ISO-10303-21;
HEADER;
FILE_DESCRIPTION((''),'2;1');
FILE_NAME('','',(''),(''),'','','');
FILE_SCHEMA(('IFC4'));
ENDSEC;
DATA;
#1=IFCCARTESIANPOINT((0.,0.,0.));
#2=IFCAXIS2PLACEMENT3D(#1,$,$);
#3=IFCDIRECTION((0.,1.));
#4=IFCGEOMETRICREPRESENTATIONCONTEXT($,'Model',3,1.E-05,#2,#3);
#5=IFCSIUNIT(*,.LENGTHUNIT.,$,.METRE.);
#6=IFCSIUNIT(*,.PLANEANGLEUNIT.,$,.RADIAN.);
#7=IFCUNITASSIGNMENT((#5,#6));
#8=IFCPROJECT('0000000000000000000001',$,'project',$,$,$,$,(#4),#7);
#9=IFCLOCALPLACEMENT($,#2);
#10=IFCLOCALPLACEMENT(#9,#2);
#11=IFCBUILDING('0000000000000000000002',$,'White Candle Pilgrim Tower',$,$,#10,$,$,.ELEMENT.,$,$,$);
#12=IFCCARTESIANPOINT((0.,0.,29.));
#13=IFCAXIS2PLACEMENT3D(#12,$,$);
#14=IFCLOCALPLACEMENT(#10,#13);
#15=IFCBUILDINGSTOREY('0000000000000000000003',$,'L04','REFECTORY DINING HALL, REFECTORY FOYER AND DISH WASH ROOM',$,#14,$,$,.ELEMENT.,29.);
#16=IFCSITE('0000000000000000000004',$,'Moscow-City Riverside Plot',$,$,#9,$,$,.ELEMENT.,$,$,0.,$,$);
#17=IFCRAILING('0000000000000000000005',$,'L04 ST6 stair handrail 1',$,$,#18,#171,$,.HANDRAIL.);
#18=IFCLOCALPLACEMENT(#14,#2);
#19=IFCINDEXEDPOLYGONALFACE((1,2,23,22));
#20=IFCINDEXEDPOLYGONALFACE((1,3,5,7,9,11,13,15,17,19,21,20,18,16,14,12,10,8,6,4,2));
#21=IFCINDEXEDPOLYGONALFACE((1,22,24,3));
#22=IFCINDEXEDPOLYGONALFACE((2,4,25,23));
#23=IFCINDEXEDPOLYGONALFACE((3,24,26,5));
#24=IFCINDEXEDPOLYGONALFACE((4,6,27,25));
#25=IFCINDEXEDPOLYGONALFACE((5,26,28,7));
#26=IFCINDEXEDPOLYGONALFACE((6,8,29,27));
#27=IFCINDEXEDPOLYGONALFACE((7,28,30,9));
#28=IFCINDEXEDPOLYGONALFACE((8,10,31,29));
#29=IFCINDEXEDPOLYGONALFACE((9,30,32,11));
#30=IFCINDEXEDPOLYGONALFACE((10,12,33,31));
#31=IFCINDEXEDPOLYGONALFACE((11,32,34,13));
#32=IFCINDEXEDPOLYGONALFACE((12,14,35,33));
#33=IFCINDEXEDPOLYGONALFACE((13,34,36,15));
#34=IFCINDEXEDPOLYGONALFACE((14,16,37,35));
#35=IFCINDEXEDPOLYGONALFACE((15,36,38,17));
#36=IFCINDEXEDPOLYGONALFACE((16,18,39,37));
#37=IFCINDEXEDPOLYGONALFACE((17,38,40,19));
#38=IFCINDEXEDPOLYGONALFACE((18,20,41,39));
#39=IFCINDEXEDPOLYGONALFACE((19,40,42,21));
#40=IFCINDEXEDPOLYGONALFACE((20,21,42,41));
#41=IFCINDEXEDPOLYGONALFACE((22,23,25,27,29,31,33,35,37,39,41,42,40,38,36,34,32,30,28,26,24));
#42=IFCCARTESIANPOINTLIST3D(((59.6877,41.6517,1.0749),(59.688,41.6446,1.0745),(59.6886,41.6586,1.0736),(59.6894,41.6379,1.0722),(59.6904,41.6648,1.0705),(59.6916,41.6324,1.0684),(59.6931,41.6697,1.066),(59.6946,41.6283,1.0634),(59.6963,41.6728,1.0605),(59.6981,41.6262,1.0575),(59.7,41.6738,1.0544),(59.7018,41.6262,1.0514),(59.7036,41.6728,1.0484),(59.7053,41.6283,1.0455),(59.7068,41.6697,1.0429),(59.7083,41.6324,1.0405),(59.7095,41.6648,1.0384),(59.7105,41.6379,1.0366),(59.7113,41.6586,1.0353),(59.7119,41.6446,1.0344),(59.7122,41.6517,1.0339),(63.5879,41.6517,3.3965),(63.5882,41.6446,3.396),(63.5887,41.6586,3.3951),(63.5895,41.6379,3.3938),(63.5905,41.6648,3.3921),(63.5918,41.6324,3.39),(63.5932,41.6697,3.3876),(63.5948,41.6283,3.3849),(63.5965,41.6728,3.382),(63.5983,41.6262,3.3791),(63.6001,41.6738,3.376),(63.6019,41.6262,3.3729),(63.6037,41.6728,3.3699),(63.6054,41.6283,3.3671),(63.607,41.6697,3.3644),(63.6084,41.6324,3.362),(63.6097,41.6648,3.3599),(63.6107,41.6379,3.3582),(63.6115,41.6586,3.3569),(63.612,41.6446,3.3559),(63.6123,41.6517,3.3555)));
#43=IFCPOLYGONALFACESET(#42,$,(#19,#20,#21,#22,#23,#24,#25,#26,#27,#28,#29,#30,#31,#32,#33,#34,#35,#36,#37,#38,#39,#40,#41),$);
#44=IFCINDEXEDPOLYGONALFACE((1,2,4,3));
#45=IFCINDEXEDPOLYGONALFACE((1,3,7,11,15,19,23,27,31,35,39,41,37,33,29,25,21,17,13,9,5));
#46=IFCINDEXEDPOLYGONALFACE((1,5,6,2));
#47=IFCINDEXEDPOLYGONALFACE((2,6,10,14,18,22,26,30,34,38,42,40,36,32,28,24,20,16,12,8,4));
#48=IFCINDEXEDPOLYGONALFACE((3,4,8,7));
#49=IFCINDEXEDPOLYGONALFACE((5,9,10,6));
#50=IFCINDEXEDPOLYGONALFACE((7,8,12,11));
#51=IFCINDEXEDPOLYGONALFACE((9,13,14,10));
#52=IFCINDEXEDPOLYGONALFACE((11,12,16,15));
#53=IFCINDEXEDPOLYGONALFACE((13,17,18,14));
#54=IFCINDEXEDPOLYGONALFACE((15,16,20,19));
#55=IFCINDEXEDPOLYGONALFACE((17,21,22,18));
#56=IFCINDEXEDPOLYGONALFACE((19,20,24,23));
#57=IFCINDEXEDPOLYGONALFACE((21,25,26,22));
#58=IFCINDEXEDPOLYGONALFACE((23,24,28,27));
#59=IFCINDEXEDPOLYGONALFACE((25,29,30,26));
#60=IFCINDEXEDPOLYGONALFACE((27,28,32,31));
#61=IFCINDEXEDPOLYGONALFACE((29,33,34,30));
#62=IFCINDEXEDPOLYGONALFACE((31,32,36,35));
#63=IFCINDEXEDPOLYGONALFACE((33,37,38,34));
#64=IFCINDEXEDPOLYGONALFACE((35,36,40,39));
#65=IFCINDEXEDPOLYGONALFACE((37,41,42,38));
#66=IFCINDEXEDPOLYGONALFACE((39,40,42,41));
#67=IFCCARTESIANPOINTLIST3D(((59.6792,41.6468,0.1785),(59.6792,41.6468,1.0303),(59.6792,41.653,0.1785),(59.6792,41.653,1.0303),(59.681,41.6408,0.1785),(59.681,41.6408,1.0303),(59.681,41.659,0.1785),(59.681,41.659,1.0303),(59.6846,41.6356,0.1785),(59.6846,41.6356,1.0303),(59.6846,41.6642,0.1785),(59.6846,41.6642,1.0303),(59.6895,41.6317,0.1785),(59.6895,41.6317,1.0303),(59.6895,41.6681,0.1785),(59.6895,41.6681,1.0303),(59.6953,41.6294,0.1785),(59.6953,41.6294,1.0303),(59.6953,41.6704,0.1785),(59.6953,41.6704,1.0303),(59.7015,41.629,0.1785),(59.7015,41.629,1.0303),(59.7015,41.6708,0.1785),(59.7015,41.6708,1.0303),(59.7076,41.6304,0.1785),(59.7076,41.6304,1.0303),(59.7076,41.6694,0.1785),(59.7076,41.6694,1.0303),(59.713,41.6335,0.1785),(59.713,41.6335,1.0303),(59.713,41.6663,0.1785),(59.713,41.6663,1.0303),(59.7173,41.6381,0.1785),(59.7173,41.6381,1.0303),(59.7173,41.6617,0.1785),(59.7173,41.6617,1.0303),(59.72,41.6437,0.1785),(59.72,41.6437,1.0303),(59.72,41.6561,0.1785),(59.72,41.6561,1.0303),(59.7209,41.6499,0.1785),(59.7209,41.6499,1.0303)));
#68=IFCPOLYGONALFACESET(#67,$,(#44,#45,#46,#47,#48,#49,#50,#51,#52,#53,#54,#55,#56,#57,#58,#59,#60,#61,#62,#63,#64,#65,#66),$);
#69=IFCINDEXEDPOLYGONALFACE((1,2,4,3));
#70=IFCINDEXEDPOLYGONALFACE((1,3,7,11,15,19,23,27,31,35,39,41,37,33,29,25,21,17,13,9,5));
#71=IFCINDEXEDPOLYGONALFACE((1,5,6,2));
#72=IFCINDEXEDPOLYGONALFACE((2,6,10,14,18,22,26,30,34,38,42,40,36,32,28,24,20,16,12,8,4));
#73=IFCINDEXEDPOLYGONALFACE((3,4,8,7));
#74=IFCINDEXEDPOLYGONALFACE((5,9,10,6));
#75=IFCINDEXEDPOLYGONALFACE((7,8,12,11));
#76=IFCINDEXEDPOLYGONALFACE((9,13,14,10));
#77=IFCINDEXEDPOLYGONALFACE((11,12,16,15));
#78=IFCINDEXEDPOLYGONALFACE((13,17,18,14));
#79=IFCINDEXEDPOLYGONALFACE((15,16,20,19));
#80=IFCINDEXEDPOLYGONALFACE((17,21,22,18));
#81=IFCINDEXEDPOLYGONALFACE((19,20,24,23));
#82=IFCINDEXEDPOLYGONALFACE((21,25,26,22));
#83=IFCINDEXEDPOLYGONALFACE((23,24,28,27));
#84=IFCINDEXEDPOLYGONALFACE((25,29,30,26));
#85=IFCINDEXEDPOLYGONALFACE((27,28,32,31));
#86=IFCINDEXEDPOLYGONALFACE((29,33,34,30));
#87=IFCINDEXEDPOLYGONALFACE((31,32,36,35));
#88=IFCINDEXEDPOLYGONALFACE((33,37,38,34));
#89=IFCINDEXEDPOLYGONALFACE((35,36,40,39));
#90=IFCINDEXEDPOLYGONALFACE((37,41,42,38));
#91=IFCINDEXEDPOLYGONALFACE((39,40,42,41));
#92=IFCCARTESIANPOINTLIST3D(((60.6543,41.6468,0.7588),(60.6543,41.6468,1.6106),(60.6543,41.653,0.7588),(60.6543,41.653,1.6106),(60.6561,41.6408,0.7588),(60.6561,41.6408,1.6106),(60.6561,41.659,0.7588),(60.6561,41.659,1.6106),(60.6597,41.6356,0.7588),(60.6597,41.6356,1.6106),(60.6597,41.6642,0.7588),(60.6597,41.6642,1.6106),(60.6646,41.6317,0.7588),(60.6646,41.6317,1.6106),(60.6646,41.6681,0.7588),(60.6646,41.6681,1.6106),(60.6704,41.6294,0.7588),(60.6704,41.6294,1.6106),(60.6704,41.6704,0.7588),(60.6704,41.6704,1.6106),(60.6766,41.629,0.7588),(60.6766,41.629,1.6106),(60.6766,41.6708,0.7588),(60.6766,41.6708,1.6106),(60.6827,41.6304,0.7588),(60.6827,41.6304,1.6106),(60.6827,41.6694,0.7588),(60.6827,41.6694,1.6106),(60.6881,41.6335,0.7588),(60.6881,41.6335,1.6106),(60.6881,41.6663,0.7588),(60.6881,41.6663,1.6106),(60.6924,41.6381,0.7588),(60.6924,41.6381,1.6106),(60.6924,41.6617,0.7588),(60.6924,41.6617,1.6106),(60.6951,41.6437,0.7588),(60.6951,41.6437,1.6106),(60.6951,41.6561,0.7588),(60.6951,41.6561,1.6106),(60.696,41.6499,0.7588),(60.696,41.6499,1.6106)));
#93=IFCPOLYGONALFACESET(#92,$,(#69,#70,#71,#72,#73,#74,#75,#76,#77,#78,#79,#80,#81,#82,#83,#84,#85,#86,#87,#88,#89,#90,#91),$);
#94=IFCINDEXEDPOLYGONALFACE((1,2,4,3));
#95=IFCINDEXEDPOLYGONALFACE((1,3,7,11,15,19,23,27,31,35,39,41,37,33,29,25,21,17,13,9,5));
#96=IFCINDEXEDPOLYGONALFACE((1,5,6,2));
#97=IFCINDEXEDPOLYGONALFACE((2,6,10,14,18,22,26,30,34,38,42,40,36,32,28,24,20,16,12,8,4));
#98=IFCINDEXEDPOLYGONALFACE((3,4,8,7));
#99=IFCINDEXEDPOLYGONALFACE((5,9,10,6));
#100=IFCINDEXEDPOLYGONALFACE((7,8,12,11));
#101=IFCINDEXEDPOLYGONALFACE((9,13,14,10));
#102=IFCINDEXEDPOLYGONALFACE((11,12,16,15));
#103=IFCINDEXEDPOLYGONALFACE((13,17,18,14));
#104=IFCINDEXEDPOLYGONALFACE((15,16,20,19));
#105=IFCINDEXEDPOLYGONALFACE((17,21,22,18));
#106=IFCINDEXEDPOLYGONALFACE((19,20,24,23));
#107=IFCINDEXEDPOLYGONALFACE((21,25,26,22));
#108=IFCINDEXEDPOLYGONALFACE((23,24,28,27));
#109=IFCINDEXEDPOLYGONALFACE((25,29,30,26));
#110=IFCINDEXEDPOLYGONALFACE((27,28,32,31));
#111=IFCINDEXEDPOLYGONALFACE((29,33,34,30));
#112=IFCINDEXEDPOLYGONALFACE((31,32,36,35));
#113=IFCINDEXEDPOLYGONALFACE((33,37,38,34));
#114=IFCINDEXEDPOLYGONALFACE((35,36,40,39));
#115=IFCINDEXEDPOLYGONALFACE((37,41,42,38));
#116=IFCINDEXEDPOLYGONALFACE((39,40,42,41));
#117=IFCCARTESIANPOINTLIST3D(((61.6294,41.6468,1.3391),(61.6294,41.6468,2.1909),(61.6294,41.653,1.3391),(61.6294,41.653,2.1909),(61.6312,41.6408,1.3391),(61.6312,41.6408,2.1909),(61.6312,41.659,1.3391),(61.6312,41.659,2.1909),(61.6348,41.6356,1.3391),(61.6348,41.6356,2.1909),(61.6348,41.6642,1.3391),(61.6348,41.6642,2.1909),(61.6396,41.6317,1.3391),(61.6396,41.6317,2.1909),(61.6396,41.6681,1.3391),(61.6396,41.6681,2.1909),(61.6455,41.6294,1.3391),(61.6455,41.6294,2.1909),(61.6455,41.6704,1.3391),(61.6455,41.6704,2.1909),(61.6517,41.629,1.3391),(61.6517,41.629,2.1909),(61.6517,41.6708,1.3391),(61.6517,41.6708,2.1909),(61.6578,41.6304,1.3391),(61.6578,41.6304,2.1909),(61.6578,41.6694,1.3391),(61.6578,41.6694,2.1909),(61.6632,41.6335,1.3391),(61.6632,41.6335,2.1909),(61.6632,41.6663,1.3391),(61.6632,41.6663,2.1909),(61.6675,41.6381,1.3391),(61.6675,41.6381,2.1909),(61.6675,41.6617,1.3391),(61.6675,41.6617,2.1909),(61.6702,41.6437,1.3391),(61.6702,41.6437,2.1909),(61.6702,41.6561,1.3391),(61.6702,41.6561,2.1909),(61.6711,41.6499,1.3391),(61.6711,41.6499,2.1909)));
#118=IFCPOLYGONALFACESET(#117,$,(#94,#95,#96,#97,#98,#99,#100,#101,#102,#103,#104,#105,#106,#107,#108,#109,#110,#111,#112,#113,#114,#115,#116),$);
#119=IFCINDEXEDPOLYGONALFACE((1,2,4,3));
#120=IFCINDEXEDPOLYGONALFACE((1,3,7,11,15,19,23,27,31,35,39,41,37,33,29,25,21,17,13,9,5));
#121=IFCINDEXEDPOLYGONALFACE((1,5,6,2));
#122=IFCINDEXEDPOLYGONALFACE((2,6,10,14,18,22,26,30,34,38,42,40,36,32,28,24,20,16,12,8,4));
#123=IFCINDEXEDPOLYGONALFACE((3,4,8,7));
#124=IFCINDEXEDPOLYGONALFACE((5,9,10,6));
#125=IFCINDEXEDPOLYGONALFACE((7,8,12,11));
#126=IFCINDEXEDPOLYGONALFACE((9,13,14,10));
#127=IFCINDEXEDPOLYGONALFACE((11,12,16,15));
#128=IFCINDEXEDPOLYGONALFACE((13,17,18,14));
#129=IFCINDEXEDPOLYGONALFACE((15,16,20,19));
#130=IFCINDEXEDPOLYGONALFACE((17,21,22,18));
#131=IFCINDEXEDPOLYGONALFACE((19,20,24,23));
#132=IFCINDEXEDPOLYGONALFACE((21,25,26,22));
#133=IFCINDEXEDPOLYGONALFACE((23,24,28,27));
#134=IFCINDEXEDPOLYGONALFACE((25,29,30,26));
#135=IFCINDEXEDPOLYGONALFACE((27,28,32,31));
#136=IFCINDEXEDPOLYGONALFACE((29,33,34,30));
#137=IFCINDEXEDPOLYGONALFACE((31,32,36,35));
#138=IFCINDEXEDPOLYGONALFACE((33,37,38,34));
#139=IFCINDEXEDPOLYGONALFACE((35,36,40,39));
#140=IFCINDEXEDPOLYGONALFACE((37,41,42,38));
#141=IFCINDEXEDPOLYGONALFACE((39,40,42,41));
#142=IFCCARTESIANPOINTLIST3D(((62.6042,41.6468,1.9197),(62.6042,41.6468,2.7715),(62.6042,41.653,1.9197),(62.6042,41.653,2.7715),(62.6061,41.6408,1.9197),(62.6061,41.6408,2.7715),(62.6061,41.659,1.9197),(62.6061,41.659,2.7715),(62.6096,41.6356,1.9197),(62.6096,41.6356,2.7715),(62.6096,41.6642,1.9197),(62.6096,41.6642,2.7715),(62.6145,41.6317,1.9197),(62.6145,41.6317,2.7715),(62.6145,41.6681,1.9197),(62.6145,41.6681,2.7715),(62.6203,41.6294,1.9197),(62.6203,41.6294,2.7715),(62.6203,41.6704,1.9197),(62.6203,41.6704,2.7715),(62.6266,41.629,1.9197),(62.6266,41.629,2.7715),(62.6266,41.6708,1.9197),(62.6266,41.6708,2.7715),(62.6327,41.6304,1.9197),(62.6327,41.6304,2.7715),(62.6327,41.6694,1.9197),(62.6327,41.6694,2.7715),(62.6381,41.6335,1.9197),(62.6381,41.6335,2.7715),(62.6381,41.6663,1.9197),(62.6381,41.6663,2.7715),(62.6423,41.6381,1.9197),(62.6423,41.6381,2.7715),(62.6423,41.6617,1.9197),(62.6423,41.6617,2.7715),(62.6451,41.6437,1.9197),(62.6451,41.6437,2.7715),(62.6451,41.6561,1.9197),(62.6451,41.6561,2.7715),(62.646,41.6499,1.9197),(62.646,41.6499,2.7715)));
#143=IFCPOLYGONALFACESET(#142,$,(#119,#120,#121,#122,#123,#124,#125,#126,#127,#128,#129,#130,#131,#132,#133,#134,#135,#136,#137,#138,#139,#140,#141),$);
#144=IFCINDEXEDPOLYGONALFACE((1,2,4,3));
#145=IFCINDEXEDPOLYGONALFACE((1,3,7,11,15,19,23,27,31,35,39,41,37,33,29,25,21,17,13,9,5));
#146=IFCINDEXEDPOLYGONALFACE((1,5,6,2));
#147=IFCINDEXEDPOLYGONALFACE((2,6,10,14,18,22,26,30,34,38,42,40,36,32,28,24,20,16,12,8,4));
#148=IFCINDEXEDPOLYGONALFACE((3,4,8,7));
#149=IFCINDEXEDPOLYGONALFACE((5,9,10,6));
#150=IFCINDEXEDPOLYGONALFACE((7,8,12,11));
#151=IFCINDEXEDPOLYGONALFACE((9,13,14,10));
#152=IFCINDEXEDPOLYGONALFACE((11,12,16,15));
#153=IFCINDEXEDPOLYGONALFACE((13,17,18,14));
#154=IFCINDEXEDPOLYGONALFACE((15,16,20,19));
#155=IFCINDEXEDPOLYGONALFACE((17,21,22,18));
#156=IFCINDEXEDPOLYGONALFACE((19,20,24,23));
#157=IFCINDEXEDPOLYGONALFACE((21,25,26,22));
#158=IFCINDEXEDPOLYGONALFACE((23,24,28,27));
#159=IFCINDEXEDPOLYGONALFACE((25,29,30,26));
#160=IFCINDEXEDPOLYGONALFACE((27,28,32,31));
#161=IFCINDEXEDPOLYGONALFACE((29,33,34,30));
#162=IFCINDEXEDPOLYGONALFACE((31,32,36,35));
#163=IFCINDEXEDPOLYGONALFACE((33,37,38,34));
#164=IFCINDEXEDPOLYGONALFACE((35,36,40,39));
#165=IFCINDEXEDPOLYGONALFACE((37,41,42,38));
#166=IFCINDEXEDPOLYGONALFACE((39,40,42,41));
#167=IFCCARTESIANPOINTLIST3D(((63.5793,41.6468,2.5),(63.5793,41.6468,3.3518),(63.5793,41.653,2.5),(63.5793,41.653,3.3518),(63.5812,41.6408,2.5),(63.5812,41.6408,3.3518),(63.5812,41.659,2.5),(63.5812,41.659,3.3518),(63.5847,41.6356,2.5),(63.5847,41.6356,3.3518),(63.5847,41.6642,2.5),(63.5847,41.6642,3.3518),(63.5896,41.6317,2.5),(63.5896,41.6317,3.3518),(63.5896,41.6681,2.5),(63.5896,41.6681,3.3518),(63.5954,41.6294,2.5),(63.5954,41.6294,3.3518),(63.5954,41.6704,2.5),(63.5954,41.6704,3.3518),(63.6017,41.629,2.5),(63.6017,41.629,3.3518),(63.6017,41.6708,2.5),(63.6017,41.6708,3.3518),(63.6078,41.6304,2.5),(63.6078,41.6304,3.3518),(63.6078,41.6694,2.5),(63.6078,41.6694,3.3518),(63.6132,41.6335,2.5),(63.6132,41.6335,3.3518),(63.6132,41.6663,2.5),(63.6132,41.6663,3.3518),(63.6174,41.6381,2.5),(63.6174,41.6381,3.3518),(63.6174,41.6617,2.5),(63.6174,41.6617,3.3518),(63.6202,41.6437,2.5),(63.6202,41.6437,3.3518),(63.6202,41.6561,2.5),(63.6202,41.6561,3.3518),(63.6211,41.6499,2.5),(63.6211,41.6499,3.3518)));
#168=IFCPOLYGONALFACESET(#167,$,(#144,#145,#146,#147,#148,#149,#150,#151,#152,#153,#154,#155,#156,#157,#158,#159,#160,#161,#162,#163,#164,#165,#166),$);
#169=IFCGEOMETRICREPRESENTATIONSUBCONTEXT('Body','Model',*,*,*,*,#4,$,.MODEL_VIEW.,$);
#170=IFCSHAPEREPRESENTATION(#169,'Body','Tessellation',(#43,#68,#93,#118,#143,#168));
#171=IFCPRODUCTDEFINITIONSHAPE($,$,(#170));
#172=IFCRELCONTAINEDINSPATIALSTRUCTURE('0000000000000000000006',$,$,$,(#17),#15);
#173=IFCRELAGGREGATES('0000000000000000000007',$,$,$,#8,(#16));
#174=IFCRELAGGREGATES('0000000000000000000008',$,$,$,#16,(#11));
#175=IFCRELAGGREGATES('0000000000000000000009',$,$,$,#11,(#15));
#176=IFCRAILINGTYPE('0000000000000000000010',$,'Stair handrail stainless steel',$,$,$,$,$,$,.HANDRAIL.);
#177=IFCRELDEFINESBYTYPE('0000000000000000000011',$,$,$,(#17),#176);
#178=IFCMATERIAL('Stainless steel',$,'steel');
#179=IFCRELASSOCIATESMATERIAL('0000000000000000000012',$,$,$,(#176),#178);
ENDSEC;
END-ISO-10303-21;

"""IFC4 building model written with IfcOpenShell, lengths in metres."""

from ifc_helpers import new_model, si_unit, direction, frame, origin, origin_2d, place, context, subcontext, project, spatial, circle, extrude, material, type_object, element, save


model = new_model("IFC4")

# Units and contexts
model_context = context("Model", 3, precision=1e-05, world=origin(), true_north=direction((0.0, 1.0)))
body_context = subcontext(model_context, "Body", "Model", "MODEL_VIEW")
ifc_project = project(units=[si_unit("LENGTHUNIT", "METRE"), si_unit("PLANEANGLEUNIT", "RADIAN")], contexts=[model_context])

# Site, building, storey
site_placement = place(None, origin())
site = spatial("IfcSite", under=ifc_project, at=site_placement, Name="Moscow-City Riverside Plot", CompositionType="ELEMENT", RefElevation=0.0)
building_placement = place(site_placement, origin())
building = spatial("IfcBuilding", under=site, at=building_placement, Name="White Candle Pilgrim Tower", CompositionType="ELEMENT")
storey_placement = place(building_placement, frame((0.0, 0.0, 29.0)))
storey = spatial("IfcBuildingStorey", under=building, at=storey_placement, Name="L04", Description="REFECTORY DINING HALL, REFECTORY FOYER AND DISH WASH ROOM", CompositionType="ELEMENT", Elevation=29.0)

# Railing
ifc_material_1 = material(Name="Stainless steel", Category="steel")
railing_type_1 = type_object("IfcRailingType", Name="Stair handrail stainless steel", PredefinedType="HANDRAIL", material=ifc_material_1)
railing_1_placement = place(storey_placement, frame((59.7, 41.6499, 0.1785)))
element("IfcRailing", 1, at=railing_1_placement, inside=storey, type_object=railing_type_1, Name="L04 ST6 stair handrail 1", PredefinedType="HANDRAIL", context=body_context, shape_type="SweptSolid", body=[
    extrude(circle(Radius=0.0239, at=origin_2d()), frame((0.0, 0.0, 0.876), z_axis=(0.859291, 0.0, 0.511487), x_axis=(0.0, 1.0, 0.0)), (0.0, 0.0, 1.0), 4.5388),
    extrude(circle(Radius=0.021, at=origin_2d()), origin(), (0.0, 0.0, 1.0), 0.8518),
    extrude(circle(Radius=0.021, at=origin_2d()), frame((0.9751, 0.0, 0.5803)), (0.0, 0.0, 1.0), 0.8518),
    extrude(circle(Radius=0.021, at=origin_2d()), frame((1.9502, 0.0, 1.1606)), (0.0, 0.0, 1.0), 0.8518),
    extrude(circle(Radius=0.021, at=origin_2d()), frame((2.925, 0.0, 1.7412)), (0.0, 0.0, 1.0), 0.8518),
    extrude(circle(Radius=0.021, at=origin_2d()), frame((3.9001, 0.0, 2.3215)), (0.0, 0.0, 1.0), 0.8518),
])

save(model, "model.ifc")
